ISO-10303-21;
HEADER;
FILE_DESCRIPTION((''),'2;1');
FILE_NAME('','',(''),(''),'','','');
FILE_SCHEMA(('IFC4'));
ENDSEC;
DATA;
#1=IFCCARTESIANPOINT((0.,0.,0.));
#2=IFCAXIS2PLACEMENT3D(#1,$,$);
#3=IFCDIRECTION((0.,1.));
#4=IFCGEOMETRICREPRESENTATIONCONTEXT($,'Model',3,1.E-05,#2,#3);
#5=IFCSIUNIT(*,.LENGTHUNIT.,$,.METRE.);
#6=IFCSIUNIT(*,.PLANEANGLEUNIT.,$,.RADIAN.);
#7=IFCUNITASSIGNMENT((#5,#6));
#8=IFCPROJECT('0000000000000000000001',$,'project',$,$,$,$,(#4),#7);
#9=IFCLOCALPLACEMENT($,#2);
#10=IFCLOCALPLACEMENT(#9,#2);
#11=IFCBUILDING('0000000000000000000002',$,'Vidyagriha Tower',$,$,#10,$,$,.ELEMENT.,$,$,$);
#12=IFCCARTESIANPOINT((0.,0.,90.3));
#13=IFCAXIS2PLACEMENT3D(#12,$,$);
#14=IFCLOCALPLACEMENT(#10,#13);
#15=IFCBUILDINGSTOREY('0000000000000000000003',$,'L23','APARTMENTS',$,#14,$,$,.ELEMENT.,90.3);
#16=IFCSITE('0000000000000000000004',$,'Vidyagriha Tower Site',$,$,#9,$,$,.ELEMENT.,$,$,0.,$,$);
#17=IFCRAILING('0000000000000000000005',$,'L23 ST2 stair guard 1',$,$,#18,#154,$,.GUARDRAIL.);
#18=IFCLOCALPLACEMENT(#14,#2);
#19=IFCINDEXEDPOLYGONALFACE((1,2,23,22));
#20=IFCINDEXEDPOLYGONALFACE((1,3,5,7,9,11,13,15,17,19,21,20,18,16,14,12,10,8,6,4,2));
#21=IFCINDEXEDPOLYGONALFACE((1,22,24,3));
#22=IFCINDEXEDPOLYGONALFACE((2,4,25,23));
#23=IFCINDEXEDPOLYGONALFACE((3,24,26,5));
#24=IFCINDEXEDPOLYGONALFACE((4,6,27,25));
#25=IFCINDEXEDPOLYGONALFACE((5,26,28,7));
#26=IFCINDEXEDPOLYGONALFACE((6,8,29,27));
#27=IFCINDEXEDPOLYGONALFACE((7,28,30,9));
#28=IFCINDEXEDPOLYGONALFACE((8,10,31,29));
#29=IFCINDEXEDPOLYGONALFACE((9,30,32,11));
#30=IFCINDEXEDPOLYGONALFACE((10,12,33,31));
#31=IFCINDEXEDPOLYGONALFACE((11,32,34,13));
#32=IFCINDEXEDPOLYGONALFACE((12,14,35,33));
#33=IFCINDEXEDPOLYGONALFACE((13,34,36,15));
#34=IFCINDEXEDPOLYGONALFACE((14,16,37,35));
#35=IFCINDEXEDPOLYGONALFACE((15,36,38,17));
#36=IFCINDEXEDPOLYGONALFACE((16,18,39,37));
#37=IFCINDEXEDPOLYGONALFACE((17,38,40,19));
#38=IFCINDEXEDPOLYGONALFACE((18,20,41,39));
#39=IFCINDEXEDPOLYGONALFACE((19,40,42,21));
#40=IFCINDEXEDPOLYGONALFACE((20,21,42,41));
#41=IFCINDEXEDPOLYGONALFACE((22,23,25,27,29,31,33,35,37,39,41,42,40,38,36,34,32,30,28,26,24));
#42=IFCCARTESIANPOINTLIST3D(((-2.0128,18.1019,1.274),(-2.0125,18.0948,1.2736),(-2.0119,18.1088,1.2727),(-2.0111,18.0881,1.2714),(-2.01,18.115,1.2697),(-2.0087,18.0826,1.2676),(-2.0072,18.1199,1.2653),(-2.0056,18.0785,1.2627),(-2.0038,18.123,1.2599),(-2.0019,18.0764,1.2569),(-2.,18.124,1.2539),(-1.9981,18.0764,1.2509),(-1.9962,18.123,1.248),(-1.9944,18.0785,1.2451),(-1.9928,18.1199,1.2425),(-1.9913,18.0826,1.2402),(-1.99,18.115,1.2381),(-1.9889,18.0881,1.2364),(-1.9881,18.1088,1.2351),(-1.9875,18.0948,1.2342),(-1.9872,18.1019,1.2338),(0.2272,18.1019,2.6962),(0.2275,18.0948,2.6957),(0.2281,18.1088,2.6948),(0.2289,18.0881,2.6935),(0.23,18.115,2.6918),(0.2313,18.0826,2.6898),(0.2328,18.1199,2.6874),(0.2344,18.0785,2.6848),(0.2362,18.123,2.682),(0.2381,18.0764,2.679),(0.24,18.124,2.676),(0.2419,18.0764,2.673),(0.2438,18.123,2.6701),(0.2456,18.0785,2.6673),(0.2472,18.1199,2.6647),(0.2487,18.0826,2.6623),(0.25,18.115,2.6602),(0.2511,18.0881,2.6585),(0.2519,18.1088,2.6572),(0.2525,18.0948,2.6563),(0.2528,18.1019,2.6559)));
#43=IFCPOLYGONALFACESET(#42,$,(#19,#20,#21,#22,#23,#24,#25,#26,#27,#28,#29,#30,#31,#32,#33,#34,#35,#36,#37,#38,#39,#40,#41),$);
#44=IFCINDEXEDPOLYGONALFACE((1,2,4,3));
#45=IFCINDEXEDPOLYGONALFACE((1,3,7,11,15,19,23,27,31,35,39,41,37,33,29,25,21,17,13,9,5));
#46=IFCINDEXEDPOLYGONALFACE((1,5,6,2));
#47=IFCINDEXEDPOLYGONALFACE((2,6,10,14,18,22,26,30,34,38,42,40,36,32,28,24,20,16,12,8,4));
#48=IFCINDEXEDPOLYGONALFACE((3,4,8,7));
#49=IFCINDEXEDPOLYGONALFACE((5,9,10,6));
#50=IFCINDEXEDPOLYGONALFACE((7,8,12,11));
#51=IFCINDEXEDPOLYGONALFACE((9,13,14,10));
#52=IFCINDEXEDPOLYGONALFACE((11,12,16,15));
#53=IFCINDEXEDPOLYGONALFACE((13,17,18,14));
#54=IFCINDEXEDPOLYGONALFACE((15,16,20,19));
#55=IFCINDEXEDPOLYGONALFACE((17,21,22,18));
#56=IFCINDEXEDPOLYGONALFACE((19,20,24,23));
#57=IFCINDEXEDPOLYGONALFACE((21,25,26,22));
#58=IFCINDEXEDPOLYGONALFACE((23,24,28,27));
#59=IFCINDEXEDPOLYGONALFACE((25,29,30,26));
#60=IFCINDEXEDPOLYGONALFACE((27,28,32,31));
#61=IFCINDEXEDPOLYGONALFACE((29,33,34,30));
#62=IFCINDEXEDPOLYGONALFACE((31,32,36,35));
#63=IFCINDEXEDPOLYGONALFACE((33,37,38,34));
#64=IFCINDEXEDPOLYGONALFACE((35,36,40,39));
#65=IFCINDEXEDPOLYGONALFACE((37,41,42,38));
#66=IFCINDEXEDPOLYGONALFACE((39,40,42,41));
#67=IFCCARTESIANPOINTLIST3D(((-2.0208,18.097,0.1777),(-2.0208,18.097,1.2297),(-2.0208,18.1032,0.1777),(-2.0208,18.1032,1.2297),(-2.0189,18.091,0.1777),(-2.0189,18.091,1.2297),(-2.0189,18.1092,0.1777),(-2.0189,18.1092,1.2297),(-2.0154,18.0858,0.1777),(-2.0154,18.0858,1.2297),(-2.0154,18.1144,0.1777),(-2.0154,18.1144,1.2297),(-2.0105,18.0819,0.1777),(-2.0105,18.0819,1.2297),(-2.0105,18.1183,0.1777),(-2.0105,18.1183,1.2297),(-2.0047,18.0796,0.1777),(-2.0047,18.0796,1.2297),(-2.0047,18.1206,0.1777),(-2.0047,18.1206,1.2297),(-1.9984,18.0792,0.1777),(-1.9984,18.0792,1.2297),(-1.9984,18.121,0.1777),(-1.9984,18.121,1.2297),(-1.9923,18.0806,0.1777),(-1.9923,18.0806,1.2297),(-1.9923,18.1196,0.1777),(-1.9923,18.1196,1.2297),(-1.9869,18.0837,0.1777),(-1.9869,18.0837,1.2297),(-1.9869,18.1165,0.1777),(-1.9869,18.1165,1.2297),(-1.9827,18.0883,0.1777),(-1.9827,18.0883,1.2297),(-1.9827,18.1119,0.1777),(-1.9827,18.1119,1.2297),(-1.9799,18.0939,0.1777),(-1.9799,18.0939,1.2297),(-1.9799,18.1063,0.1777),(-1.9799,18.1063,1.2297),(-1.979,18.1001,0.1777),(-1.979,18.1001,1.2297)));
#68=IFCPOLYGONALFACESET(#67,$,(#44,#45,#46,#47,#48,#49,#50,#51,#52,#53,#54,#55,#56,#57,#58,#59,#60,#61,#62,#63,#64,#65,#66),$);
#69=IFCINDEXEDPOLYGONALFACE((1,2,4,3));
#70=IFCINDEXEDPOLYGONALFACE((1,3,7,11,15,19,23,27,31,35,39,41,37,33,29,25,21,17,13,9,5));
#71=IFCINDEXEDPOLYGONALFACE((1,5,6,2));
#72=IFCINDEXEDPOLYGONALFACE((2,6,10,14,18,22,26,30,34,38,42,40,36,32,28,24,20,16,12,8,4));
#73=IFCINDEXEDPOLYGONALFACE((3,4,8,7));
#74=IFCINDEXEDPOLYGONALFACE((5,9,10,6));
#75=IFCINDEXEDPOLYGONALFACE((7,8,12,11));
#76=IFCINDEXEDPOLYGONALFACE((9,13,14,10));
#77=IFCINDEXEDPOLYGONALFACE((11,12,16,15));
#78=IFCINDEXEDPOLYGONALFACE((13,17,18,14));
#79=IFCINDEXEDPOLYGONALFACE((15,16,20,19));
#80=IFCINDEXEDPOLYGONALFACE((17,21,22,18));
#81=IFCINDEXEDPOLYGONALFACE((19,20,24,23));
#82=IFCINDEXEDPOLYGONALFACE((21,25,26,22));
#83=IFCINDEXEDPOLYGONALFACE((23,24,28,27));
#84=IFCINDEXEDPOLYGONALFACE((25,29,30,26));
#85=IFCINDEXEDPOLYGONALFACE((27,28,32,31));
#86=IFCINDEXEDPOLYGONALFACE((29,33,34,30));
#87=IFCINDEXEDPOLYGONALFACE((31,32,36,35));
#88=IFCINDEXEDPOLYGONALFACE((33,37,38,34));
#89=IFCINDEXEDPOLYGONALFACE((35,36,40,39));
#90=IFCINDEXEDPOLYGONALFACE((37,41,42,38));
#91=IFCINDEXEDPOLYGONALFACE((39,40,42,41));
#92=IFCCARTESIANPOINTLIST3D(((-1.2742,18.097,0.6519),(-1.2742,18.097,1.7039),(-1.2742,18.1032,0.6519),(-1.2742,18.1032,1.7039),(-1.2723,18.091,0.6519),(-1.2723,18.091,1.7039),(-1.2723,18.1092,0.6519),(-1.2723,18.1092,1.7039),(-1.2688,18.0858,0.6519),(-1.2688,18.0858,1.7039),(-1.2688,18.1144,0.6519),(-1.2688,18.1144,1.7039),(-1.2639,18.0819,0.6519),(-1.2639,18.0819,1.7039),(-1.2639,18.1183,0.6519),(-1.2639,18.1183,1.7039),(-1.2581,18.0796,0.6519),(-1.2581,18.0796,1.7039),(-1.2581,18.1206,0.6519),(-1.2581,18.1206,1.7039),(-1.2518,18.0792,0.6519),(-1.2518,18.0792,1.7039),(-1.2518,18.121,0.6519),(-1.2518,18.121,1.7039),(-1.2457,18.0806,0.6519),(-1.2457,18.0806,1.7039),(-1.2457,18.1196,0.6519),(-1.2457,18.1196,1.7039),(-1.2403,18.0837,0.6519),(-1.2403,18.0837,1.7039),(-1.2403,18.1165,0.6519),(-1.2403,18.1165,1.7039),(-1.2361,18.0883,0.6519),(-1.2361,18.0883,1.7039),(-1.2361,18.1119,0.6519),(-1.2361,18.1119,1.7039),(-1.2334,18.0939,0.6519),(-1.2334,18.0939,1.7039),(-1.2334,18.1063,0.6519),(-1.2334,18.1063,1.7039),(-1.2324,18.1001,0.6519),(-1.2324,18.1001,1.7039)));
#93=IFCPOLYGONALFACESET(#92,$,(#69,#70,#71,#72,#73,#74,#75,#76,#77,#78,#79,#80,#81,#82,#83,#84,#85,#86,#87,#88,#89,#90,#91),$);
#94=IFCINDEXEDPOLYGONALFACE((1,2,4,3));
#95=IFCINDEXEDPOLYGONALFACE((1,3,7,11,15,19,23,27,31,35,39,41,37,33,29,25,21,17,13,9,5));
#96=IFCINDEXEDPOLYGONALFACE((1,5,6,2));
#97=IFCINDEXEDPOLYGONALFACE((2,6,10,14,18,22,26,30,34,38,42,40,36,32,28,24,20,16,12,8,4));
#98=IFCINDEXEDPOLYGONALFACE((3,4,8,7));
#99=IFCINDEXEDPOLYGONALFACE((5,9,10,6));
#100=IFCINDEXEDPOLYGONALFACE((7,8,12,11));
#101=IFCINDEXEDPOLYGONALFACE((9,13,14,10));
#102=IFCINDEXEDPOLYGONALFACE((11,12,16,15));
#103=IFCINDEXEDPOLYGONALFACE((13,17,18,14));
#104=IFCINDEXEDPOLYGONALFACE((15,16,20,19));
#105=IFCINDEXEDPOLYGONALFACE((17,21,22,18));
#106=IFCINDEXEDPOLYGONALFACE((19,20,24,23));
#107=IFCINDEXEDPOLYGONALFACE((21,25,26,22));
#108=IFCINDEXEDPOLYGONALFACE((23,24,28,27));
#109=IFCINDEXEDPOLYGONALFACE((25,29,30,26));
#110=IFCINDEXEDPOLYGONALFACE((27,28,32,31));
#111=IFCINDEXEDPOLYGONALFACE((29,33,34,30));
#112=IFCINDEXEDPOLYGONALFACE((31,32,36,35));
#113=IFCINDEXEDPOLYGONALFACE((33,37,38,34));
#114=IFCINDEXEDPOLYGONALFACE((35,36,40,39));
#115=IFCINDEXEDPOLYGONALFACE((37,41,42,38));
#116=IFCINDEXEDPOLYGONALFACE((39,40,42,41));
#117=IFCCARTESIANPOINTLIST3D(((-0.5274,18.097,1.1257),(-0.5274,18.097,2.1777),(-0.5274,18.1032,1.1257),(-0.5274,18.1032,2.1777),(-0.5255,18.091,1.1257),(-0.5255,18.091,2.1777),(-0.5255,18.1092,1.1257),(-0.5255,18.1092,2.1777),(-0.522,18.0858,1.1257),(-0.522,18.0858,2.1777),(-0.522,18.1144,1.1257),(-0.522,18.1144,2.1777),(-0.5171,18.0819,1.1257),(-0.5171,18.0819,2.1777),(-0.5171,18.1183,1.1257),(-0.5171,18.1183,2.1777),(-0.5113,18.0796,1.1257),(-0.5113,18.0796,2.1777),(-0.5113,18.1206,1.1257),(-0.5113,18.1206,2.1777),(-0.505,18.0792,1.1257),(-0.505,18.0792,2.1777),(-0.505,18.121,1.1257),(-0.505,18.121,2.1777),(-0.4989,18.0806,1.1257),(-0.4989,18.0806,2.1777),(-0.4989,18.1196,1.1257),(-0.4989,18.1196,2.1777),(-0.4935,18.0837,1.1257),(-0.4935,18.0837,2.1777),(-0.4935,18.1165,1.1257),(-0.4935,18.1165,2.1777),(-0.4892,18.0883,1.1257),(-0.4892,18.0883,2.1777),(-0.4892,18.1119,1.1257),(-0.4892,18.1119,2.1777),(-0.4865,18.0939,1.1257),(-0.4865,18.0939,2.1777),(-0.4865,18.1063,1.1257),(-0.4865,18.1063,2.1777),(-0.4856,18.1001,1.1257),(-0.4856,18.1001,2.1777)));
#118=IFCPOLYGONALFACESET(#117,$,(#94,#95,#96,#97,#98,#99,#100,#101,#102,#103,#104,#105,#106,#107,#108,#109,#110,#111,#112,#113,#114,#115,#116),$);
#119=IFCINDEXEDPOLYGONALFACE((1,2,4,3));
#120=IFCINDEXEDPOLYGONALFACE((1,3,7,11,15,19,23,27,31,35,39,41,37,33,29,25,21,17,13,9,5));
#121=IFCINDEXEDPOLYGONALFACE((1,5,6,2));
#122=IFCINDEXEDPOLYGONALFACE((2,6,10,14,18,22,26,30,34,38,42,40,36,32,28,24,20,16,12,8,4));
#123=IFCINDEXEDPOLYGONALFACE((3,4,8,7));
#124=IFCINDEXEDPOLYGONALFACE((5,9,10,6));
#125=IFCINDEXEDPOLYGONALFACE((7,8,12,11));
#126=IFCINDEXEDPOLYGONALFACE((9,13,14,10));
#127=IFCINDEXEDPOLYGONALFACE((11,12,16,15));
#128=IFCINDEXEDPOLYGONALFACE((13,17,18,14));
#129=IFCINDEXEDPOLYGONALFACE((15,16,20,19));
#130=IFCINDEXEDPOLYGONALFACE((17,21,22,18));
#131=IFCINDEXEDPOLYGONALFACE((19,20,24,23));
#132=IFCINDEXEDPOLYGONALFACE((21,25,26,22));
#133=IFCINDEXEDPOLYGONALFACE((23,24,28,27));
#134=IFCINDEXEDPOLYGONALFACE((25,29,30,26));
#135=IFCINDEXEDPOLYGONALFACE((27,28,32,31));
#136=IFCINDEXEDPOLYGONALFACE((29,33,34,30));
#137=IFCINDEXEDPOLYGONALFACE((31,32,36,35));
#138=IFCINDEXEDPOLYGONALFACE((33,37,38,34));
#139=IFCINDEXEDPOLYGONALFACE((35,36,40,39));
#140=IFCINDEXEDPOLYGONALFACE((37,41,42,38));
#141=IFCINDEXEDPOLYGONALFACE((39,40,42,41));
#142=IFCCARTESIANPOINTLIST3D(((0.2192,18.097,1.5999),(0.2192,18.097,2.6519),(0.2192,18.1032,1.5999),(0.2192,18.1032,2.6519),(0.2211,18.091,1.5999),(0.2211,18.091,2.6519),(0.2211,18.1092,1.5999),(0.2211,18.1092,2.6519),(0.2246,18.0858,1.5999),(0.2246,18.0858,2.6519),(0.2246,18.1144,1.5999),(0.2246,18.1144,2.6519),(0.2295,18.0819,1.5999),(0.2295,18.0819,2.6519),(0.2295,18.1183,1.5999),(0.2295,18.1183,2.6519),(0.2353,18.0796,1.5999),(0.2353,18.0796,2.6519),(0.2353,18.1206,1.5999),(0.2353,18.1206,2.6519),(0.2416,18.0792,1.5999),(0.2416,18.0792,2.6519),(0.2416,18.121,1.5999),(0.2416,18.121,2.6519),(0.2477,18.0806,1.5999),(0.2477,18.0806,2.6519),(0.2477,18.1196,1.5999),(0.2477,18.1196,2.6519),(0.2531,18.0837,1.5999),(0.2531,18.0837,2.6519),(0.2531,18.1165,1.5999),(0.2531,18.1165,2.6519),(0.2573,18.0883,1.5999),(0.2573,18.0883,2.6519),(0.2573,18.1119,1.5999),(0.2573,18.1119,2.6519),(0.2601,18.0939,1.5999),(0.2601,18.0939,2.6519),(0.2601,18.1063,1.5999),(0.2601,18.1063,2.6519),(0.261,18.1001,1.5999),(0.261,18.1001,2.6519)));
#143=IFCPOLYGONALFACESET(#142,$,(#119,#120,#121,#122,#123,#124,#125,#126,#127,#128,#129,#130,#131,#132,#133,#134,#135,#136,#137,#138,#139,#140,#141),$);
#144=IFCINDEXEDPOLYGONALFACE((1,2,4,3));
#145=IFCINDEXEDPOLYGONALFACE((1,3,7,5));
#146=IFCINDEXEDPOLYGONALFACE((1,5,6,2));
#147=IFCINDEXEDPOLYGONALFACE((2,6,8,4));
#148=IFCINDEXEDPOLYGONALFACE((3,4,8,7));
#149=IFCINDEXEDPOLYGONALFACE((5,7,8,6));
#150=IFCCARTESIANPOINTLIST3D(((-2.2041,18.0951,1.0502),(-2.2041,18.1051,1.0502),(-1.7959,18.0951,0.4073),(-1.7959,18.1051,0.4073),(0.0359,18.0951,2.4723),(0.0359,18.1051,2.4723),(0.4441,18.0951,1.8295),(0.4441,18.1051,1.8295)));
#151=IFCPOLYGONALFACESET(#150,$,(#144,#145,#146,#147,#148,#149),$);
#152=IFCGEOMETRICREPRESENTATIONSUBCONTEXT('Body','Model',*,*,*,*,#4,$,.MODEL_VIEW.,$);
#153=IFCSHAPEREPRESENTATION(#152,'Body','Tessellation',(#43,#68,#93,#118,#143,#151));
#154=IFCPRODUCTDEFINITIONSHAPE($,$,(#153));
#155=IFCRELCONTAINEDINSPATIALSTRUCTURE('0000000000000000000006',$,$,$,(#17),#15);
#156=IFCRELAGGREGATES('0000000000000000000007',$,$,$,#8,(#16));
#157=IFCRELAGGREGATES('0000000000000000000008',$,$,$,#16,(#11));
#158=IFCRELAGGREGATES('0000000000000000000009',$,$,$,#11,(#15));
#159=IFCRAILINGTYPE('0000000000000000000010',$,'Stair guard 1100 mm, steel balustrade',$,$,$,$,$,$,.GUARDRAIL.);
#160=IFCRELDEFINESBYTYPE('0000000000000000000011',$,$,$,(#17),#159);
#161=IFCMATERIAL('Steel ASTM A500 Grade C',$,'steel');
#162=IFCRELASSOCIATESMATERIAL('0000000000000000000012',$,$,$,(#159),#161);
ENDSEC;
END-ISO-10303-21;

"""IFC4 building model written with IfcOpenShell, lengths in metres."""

from ifc_helpers import new_model, si_unit, direction, frame, origin, origin_2d, place, context, subcontext, project, spatial, rectangle, circle, extrude, material, type_object, element, save


model = new_model("IFC4")

# Units and contexts
model_context = context("Model", 3, precision=1e-05, world=origin(), true_north=direction((0.0, 1.0)))
body_context = subcontext(model_context, "Body", "Model", "MODEL_VIEW")
ifc_project = project(units=[si_unit("LENGTHUNIT", "METRE"), si_unit("PLANEANGLEUNIT", "RADIAN")], contexts=[model_context])

# Site, building, storey
site_placement = place(None, origin())
site = spatial("IfcSite", under=ifc_project, at=site_placement, Name="Vidyagriha Tower Site", CompositionType="ELEMENT", RefElevation=0.0)
building_placement = place(site_placement, origin())
building = spatial("IfcBuilding", under=site, at=building_placement, Name="Vidyagriha Tower", CompositionType="ELEMENT")
storey_placement = place(building_placement, frame((0.0, 0.0, 90.3)))
storey = spatial("IfcBuildingStorey", under=building, at=storey_placement, Name="L23", Description="APARTMENTS", CompositionType="ELEMENT", Elevation=90.3)

# Railing
ifc_material_1 = material(Name="Steel ASTM A500 Grade C", Category="steel")
railing_type_1 = type_object("IfcRailingType", Name="Stair guard 1100 mm, steel balustrade", PredefinedType="GUARDRAIL", material=ifc_material_1)
railing_1_placement = place(storey_placement, frame((-2.0, 18.1001, 0.1777)))
element("IfcRailing", 1, at=railing_1_placement, inside=storey, type_object=railing_type_1, Name="L23 ST2 stair guard 1", PredefinedType="GUARDRAIL", context=body_context, shape_type="SweptSolid", body=[
    extrude(circle(Radius=0.0239, at=origin_2d()), frame((0.0, 0.0, 1.0762), z_axis=(0.844229, 0.0, 0.535982), x_axis=(0.0, 1.0, 0.0)), (0.0, 0.0, 1.0), 2.6533),
    extrude(circle(Radius=0.021, at=origin_2d()), origin(), (0.0, 0.0, 1.0), 1.052),
    extrude(circle(Radius=0.021, at=origin_2d()), frame((0.7466, 0.0, 0.4741)), (0.0, 0.0, 1.0), 1.052),
    extrude(circle(Radius=0.021, at=origin_2d()), frame((1.4934, 0.0, 0.948)), (0.0, 0.0, 1.0), 1.052),
    extrude(circle(Radius=0.021, at=origin_2d()), frame((2.24, 0.0, 1.4221)), (0.0, 0.0, 1.0), 1.052),
    extrude(rectangle(XDim=0.01, YDim=0.7615, at=origin_2d()), frame((0.0, 0.0, 0.551), z_axis=(0.844229, 0.0, 0.535982), x_axis=(0.0, 1.0, 0.0)), (0.0, 0.0, 1.0), 2.6533),
])

save(model, "model.ifc")
